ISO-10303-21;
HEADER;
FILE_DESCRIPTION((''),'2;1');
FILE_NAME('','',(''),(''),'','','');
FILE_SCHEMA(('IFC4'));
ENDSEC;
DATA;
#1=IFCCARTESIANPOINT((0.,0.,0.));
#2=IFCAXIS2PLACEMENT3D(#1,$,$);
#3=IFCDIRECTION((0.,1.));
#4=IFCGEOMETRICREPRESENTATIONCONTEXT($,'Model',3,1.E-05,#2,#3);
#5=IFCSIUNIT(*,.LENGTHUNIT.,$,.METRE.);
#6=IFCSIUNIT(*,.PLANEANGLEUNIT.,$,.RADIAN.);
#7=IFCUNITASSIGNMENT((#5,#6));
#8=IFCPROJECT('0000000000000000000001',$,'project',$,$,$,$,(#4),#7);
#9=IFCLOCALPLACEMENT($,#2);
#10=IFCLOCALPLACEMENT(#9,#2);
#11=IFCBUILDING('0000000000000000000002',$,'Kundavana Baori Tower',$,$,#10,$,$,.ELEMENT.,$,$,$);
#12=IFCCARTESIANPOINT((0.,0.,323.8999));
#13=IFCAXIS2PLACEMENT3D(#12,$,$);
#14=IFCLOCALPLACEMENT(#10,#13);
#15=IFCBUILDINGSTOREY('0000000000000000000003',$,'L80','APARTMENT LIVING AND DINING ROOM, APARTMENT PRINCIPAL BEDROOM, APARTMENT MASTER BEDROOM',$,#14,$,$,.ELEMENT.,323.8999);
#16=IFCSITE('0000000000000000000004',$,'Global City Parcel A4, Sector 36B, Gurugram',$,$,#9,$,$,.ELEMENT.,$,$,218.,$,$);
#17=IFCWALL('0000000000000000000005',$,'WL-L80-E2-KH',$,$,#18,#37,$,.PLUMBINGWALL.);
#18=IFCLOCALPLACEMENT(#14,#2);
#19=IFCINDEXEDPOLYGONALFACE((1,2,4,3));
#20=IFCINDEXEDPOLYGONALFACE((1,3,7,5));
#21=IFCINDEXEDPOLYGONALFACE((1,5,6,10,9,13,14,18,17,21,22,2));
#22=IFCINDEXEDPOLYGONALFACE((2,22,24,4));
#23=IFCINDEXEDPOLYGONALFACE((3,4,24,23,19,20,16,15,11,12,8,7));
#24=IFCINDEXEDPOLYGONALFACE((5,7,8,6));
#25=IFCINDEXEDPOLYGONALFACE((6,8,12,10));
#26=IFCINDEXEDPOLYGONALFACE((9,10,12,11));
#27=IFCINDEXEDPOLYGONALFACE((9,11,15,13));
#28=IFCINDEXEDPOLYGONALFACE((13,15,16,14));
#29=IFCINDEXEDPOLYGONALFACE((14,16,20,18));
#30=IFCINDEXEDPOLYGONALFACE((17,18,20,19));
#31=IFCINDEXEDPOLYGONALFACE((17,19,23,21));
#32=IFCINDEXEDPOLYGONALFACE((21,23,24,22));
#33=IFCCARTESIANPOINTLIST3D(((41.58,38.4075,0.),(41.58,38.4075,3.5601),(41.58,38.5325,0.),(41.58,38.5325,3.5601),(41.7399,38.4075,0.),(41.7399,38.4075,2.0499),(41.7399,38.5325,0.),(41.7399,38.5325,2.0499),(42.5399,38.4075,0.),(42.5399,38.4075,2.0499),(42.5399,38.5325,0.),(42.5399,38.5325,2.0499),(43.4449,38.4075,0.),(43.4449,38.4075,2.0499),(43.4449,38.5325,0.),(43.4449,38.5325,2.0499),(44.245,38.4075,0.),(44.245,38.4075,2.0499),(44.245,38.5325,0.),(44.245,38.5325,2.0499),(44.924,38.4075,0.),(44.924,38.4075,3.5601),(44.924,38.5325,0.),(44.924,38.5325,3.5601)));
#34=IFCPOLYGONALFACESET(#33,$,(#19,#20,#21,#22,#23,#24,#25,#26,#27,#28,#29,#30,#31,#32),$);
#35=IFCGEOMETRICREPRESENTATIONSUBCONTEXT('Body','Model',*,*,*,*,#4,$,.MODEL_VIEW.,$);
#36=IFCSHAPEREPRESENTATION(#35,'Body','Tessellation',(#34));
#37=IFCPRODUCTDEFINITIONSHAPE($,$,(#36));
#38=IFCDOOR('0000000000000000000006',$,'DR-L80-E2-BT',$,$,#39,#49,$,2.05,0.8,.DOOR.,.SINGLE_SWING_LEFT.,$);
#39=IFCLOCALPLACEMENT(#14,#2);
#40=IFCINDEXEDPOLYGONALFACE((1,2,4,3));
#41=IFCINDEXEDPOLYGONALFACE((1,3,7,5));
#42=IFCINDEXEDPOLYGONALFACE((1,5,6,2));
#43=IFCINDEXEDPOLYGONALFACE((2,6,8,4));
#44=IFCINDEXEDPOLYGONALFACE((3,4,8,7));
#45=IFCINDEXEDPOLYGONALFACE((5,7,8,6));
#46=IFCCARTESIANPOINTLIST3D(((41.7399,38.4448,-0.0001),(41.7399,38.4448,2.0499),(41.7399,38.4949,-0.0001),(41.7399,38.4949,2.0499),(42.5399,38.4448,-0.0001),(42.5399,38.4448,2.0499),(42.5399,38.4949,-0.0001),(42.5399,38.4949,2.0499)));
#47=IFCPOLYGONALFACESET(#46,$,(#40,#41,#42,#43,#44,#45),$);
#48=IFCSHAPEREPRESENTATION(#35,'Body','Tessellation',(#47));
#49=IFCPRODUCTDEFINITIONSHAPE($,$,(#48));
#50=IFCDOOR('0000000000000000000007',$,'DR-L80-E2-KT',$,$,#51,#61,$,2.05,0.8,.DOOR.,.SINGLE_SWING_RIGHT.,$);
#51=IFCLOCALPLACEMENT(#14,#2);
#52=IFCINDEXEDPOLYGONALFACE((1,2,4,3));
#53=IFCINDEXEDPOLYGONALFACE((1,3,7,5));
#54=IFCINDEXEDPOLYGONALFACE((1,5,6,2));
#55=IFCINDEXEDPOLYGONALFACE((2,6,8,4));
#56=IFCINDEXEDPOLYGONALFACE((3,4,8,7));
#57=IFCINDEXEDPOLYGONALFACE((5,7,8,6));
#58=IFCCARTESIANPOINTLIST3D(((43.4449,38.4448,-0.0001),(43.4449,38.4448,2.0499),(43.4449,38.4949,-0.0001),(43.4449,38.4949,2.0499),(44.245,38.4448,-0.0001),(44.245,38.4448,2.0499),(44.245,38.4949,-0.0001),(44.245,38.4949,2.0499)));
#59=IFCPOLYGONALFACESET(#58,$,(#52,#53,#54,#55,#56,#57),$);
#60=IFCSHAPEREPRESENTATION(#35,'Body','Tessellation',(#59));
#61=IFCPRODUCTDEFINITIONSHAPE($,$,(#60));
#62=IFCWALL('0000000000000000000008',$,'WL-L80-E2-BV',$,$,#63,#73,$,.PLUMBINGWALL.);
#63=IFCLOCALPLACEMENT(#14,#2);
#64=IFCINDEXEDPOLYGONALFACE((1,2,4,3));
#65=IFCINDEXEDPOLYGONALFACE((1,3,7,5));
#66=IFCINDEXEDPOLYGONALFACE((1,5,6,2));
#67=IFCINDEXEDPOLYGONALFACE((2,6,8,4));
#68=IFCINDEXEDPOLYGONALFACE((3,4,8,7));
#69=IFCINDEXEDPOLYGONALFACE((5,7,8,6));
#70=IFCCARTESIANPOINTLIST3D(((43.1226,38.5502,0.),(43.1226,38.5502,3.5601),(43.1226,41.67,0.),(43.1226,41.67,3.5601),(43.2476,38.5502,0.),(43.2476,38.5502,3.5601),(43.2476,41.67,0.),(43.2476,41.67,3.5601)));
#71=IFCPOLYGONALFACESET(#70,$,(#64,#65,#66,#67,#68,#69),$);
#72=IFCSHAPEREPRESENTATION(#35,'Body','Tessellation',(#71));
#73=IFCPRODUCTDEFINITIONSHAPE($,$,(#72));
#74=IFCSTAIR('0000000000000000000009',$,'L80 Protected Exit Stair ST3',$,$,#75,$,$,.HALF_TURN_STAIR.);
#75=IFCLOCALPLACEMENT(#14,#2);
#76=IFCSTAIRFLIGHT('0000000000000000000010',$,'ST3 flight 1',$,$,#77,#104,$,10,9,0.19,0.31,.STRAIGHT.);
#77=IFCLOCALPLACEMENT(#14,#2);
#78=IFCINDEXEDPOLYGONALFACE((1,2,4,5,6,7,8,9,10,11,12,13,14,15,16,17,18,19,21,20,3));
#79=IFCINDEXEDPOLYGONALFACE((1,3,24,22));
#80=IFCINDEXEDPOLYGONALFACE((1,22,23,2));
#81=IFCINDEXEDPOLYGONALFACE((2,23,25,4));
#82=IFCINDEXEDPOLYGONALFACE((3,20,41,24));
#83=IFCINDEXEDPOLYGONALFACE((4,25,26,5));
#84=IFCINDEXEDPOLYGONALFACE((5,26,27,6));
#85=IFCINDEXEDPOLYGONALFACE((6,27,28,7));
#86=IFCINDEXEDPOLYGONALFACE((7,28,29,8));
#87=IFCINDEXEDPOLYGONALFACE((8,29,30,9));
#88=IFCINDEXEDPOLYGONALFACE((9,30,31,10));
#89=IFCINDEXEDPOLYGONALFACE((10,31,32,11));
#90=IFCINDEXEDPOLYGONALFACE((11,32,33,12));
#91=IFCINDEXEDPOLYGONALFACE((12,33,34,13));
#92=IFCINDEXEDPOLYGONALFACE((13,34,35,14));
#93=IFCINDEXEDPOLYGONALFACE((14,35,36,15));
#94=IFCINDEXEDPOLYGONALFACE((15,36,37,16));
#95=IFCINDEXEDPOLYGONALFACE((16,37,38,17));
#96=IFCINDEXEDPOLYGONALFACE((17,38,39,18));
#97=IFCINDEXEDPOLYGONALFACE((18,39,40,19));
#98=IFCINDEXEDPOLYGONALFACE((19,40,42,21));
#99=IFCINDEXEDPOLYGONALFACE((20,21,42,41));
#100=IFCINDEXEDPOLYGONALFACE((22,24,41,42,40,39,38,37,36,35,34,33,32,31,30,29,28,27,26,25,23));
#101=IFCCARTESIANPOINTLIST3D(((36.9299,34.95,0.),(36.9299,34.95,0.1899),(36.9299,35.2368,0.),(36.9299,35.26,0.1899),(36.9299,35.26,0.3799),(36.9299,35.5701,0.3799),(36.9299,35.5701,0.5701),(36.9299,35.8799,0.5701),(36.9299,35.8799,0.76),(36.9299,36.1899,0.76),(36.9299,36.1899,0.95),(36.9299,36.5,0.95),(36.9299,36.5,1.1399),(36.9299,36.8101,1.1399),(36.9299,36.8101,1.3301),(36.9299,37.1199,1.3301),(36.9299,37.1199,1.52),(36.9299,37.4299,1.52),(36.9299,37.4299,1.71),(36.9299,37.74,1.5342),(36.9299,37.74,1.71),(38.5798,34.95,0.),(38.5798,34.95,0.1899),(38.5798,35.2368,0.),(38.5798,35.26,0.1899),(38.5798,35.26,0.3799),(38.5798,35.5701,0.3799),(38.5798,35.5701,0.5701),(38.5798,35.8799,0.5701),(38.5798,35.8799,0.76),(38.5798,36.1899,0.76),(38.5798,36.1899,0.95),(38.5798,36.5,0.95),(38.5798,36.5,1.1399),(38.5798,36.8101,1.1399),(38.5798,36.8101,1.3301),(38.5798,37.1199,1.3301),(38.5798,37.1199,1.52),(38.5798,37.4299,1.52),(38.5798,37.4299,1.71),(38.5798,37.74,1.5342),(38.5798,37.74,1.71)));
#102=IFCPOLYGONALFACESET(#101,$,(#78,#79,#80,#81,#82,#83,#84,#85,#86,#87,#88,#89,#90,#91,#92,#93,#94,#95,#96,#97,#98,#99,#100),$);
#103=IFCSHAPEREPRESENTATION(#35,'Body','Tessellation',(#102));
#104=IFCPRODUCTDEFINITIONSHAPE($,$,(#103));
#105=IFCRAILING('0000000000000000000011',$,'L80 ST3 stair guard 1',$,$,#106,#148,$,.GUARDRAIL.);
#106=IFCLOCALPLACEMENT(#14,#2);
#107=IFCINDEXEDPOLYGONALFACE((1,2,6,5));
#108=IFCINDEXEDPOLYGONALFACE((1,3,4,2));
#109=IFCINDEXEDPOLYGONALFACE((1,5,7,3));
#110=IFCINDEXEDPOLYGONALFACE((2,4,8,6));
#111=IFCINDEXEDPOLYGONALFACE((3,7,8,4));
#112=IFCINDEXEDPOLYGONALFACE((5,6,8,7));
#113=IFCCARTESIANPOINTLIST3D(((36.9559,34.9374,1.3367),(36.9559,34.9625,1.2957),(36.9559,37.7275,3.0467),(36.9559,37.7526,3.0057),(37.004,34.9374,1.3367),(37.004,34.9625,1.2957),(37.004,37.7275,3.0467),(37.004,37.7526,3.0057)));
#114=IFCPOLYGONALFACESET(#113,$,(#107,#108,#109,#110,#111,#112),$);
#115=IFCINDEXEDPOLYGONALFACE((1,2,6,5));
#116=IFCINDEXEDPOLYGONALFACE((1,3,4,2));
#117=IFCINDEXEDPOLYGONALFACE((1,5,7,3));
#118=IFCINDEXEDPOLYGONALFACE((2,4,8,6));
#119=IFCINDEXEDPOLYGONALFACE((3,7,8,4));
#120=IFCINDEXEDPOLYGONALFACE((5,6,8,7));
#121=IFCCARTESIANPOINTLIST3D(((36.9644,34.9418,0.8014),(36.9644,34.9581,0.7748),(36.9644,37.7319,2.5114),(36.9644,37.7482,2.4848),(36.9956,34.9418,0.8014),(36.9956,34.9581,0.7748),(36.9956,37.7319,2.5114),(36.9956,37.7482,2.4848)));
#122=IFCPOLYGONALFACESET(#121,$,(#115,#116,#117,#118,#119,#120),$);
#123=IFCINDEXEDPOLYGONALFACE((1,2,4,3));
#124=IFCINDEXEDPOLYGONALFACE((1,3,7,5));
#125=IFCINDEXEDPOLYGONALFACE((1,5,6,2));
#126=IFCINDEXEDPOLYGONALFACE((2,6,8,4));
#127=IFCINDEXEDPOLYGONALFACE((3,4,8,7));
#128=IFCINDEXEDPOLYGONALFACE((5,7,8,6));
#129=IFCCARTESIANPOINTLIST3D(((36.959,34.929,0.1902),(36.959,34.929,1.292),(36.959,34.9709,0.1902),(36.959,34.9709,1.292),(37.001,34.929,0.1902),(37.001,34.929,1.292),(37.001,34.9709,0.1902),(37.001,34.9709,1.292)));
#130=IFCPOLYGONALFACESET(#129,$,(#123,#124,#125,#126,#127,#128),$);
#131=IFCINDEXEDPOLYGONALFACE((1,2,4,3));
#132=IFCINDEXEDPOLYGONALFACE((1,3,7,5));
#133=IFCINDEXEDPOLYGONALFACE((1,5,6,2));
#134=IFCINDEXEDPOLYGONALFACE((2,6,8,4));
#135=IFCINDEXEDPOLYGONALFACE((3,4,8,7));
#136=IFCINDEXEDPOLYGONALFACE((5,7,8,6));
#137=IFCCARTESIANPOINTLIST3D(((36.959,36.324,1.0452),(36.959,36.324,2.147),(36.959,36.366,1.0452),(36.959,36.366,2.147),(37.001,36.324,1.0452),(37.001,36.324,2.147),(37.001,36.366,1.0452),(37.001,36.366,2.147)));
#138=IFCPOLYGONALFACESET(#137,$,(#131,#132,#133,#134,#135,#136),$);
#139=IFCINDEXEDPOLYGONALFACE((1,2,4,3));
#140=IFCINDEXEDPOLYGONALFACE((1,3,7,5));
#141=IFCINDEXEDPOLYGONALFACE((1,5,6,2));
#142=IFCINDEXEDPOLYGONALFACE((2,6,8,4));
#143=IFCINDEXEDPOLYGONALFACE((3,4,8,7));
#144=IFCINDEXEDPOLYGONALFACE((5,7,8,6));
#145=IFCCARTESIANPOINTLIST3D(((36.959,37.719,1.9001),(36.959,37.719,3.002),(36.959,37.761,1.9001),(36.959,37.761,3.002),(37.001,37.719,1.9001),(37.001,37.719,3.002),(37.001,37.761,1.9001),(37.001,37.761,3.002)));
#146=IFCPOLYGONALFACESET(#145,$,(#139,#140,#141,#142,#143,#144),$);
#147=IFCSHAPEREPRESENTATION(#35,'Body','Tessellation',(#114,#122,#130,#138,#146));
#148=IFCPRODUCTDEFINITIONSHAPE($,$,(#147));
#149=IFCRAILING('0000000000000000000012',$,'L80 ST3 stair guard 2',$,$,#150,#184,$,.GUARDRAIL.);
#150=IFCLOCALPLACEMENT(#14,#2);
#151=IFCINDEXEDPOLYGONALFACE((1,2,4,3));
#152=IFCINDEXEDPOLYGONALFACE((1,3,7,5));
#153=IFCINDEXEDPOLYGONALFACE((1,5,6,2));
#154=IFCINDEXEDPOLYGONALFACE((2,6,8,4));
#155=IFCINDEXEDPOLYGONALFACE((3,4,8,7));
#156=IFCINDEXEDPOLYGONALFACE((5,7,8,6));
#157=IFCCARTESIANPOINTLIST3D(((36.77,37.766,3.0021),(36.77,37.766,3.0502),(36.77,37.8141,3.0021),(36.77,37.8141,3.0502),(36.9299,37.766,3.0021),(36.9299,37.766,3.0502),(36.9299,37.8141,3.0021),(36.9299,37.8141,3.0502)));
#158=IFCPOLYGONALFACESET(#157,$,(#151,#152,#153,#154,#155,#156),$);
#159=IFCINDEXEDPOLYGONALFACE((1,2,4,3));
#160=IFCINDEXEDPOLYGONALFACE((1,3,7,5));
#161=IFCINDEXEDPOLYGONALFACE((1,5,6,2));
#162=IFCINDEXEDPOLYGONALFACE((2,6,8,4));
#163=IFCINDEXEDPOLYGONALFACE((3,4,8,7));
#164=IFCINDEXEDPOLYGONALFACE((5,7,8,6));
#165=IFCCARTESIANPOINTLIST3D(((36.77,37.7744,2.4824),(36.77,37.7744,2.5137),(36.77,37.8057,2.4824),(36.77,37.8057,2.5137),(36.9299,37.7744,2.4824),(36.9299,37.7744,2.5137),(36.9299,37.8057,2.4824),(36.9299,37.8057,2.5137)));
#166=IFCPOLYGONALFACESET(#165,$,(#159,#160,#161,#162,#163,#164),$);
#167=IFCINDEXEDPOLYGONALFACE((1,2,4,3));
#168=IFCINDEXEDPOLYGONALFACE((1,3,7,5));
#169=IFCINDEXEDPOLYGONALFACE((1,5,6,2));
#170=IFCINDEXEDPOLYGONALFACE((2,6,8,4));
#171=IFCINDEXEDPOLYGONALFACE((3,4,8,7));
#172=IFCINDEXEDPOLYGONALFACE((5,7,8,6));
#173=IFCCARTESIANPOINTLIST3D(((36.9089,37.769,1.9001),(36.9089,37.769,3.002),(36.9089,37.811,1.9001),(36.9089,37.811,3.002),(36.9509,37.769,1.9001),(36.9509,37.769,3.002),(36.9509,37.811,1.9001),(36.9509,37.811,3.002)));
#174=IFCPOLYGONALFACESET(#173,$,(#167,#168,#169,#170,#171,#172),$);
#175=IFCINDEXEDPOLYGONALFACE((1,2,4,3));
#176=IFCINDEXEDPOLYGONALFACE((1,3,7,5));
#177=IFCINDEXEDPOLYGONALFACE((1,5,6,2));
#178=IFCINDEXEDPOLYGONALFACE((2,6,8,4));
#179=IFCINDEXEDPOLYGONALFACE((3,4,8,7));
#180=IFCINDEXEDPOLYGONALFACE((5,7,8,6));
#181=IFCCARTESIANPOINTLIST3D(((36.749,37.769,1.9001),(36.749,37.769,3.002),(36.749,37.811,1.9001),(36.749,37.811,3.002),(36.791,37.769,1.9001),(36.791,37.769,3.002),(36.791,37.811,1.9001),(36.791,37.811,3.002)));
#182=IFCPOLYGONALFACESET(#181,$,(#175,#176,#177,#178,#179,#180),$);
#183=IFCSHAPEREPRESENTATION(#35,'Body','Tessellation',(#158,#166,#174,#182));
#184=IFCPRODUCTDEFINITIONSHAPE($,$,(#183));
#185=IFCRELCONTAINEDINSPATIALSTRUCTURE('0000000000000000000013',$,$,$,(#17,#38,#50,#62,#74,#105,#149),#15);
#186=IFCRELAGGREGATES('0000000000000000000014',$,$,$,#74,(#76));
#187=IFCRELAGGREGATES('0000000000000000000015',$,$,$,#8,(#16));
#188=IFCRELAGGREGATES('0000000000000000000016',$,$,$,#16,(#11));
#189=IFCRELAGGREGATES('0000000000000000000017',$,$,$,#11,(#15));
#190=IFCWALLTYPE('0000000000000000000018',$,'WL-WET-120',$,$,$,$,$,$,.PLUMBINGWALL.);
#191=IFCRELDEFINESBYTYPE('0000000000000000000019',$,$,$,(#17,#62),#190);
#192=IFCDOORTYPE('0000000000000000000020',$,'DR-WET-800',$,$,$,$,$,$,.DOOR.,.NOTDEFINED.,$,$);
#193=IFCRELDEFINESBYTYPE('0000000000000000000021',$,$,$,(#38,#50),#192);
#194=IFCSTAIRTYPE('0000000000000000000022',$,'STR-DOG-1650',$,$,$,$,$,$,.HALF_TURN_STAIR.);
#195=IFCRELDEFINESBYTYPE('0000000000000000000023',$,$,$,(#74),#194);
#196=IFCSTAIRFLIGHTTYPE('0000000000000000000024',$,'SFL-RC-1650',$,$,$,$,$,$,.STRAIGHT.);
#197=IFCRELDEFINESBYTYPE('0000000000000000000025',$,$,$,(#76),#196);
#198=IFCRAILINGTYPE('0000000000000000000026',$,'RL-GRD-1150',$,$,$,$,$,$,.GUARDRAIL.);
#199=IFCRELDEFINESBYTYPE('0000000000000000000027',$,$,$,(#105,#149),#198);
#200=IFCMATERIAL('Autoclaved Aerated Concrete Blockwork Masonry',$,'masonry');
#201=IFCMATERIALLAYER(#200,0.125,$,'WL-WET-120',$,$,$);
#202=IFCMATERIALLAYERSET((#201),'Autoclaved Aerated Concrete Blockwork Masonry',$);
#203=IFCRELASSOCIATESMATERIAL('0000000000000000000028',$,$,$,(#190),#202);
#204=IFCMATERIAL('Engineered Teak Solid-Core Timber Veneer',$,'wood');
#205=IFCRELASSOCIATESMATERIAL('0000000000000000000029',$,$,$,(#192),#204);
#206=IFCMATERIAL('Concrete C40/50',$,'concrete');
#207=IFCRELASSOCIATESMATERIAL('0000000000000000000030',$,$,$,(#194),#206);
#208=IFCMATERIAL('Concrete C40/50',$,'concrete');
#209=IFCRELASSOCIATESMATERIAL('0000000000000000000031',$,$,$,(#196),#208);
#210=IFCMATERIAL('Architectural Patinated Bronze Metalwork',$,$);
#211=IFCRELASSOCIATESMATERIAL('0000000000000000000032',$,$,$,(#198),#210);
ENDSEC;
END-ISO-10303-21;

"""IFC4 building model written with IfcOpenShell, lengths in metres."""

from ifc_helpers import new_model, si_unit, direction, frame, frame_2d, origin, origin_2d, place, context, subcontext, project, spatial, polyline, rectangle, outline, extrude, material, layer, layer_set, type_object, element, fill, aggregate, save


model = new_model("IFC4")

# Units and contexts
model_context = context("Model", 3, precision=1e-05, world=origin(), true_north=direction((0.0, 1.0)))
body_context = subcontext(model_context, "Body", "Model", "MODEL_VIEW")
ifc_project = project(units=[si_unit("LENGTHUNIT", "METRE"), si_unit("PLANEANGLEUNIT", "RADIAN")], contexts=[model_context])

# Site, building, storey
site_placement = place(None, origin())
site = spatial("IfcSite", under=ifc_project, at=site_placement, Name="Global City Parcel A4, Sector 36B, Gurugram", CompositionType="ELEMENT", RefElevation=218.0)
building_placement = place(site_placement, origin())
building = spatial("IfcBuilding", under=site, at=building_placement, Name="Kundavana Baori Tower", CompositionType="ELEMENT")
storey_placement = place(building_placement, frame((0.0, 0.0, 323.8999)))
storey = spatial("IfcBuildingStorey", under=building, at=storey_placement, Name="L80", Description="APARTMENT LIVING AND DINING ROOM, APARTMENT PRINCIPAL BEDROOM, APARTMENT MASTER BEDROOM", CompositionType="ELEMENT", Elevation=323.8999)

# Wall, openings, doors
ifc_material_1 = material(Name="Autoclaved Aerated Concrete Blockwork Masonry", Category="masonry")
ifc_layer_1 = layer(ifc_material_1, 0.125, Name="WL-WET-120")
ifc_layer_set_1 = layer_set([ifc_layer_1], Name="Autoclaved Aerated Concrete Blockwork Masonry")
wall_type_1 = type_object("IfcWallType", Name="WL-WET-120", PredefinedType="PLUMBINGWALL", material=ifc_layer_set_1)
wall_1_placement = place(storey_placement, frame((41.5801, 38.47, 0.0), z_axis=(0.0, 0.0, 1.0), x_axis=(1.0, 0.0, 0.0)))
wall_1 = element("IfcWall", 1, at=wall_1_placement, inside=storey, type_object=wall_type_1, Name="WL-L80-E2-KH", PredefinedType="PLUMBINGWALL", context=body_context, shape_type="SweptSolid", body=[
    extrude(rectangle(XDim=3.344, YDim=0.125, at=frame_2d((1.6719, 0.0))), origin(), (0.0, 0.0, 1.0), 3.5601),
])
opening_1_placement = place(wall_1_placement, frame((0.1599, 0.0, 0.0)))
opening_1 = element("IfcOpeningElement", 2, at=opening_1_placement, cuts=wall_1, PredefinedType="OPENING", context=body_context, shape_type="SweptSolid", body=[
    extrude(rectangle(XDim=0.8, YDim=2.05, at=frame_2d((0.3999, 1.0249))), frame((0.0, 0.0725, 0.0), z_axis=(0.0, -1.0, 0.0), x_axis=(1.0, 0.0, 0.0)), (0.0, 0.0, 1.0), 0.145),
])
opening_2_placement = place(wall_1_placement, frame((1.865, 0.0, 0.0)))
opening_2 = element("IfcOpeningElement", 3, at=opening_2_placement, cuts=wall_1, PredefinedType="OPENING", context=body_context, shape_type="SweptSolid", body=[
    extrude(rectangle(XDim=0.8, YDim=2.05, at=frame_2d((0.3999, 1.0249))), frame((0.0, 0.0725, 0.0), z_axis=(0.0, -1.0, 0.0), x_axis=(1.0, 0.0, 0.0)), (0.0, 0.0, 1.0), 0.145),
])
ifc_material_2 = material(Name="Engineered Teak Solid-Core Timber Veneer", Category="wood")
door_type_1 = type_object("IfcDoorType", Name="DR-WET-800", OperationType="NOTDEFINED", PredefinedType="DOOR", material=ifc_material_2)
door_1_placement = place(opening_1_placement, origin())
door_1 = element("IfcDoor", 4, at=door_1_placement, inside=storey, type_object=door_type_1, Name="DR-L80-E2-BT", OperationType="SINGLE_SWING_LEFT", OverallHeight=2.05, OverallWidth=0.8, PredefinedType="DOOR", context=body_context, shape_type="SweptSolid", body=[
    extrude(rectangle(XDim=0.8, YDim=2.05, at=frame_2d((0.3999, 1.0249))), frame((0.0, 0.0249, 0.0), z_axis=(0.0, -1.0, 0.0), x_axis=(1.0, 0.0, 0.0)), (0.0, 0.0, 1.0), 0.05),
])
fill(opening_1, door_1)
door_2_placement = place(opening_2_placement, origin())
door_2 = element("IfcDoor", 5, at=door_2_placement, inside=storey, type_object=door_type_1, Name="DR-L80-E2-KT", OperationType="SINGLE_SWING_RIGHT", OverallHeight=2.05, OverallWidth=0.8, PredefinedType="DOOR", context=body_context, shape_type="SweptSolid", body=[
    extrude(rectangle(XDim=0.8, YDim=2.05, at=frame_2d((0.3999, 1.0249))), frame((0.0, 0.0249, 0.0), z_axis=(0.0, -1.0, 0.0), x_axis=(1.0, 0.0, 0.0)), (0.0, 0.0, 1.0), 0.05),
])
fill(opening_2, door_2)

# Wall
wall_2_placement = place(storey_placement, frame((43.1851, 38.55, 0.0), z_axis=(0.0, 0.0, 1.0), x_axis=(0.0, 1.0, 0.0)))
element("IfcWall", 6, at=wall_2_placement, inside=storey, type_object=wall_type_1, Name="WL-L80-E2-BV", PredefinedType="PLUMBINGWALL", context=body_context, shape_type="SweptSolid", body=[
    extrude(rectangle(XDim=3.1199, YDim=0.125, at=frame_2d((1.5601, 0.0))), origin(), (0.0, 0.0, 1.0), 3.5601),
])

# Stair, stair flight
ifc_material_3 = material(Name="Concrete C40/50", Category="concrete")
stair_type = type_object("IfcStairType", Name="STR-DOG-1650", PredefinedType="HALF_TURN_STAIR", material=ifc_material_3)
stair_placement = place(storey_placement, origin())
stair = element("IfcStair", 7, at=stair_placement, inside=storey, type_object=stair_type, Name="L80 Protected Exit Stair ST3", PredefinedType="HALF_TURN_STAIR")
ifc_material_4 = material(Name="Concrete C40/50", Category="concrete")
stair_flight_type = type_object("IfcStairFlightType", Name="SFL-RC-1650", PredefinedType="STRAIGHT", material=ifc_material_4)
stair_flight_placement = place(storey_placement, frame((37.7549, 34.95, 0.0), z_axis=(0.0, 0.0, 1.0), x_axis=(0.0, 1.0, 0.0)))
stair_flight = element("IfcStairFlight", 8, at=stair_flight_placement, type_object=stair_flight_type, Name="ST3 flight 1", NumberOfRisers=10, NumberOfTreads=9, PredefinedType="STRAIGHT", RiserHeight=0.19, TreadLength=0.31, context=body_context, shape_type="SweptSolid", body=[
    extrude(outline(polyline([(0.0, 0.0), (0.0, 0.1899), (0.3101, 0.1899), (0.3101, 0.3799), (0.6201, 0.3799), (0.6201, 0.5701), (0.9299, 0.5701), (0.9299, 0.76), (1.24, 0.76), (1.24, 0.95), (1.55, 0.95), (1.55, 1.1399), (1.8601, 1.1399), (1.8601, 1.3301), (2.1699, 1.3301), (2.1699, 1.52), (2.48, 1.52), (2.48, 1.71), (2.79, 1.71), (2.79, 1.8999), (2.79, 1.5342), (0.2869, 0.0), (0.0, 0.0)])), frame((0.0, 0.825, 0.0), z_axis=(0.0, -1.0, 0.0), x_axis=(1.0, 0.0, 0.0)), (0.0, 0.0, 1.0), 1.6499),
])
aggregate(stair, [stair_flight])

# Railings
ifc_material_5 = material(Name="Architectural Patinated Bronze Metalwork")
railing_type_1 = type_object("IfcRailingType", Name="RL-GRD-1150", PredefinedType="GUARDRAIL", material=ifc_material_5)
railing_1_placement = place(storey_placement, frame((36.98, 34.95, 0.1902)))
element("IfcRailing", 9, at=railing_1_placement, inside=storey, type_object=railing_type_1, Name="L80 ST3 stair guard 1", PredefinedType="GUARDRAIL", context=body_context, shape_type="SweptSolid", body=[
    extrude(rectangle(XDim=0.0481, YDim=0.0481, at=origin_2d()), frame((0.0, 0.0, 1.126), z_axis=(0.0, 0.85261, 0.522548), x_axis=(-1.0, 0.0, 0.0)), (0.0, 0.0, 1.0), 3.2725),
    extrude(rectangle(XDim=0.0312, YDim=0.0312, at=origin_2d()), frame((0.0, 0.0, 0.5979), z_axis=(0.0, 0.85261, 0.522548), x_axis=(-1.0, 0.0, 0.0)), (0.0, 0.0, 1.0), 3.2725),
    extrude(rectangle(XDim=0.042, YDim=0.042, at=origin_2d()), origin(), (0.0, 0.0, 1.0), 1.1018),
    extrude(rectangle(XDim=0.042, YDim=0.042, at=origin_2d()), frame((0.0, 1.395, 0.855)), (0.0, 0.0, 1.0), 1.1018),
    extrude(rectangle(XDim=0.042, YDim=0.042, at=origin_2d()), frame((0.0, 2.79, 1.71)), (0.0, 0.0, 1.0), 1.1018),
])
railing_2_placement = place(storey_placement, frame((36.9299, 37.79, 1.9001)))
element("IfcRailing", 10, at=railing_2_placement, inside=storey, type_object=railing_type_1, Name="L80 ST3 stair guard 2", PredefinedType="GUARDRAIL", context=body_context, shape_type="SweptSolid", body=[
    extrude(rectangle(XDim=0.0481, YDim=0.0481, at=origin_2d()), frame((0.0, 0.0, 1.126), z_axis=(-1.0, 0.0, 0.0), x_axis=(0.0, -1.0, 0.0)), (0.0, 0.0, 1.0), 0.1599),
    extrude(rectangle(XDim=0.0312, YDim=0.0312, at=origin_2d()), frame((0.0, 0.0, 0.5979), z_axis=(-1.0, 0.0, 0.0), x_axis=(0.0, -1.0, 0.0)), (0.0, 0.0, 1.0), 0.1599),
    extrude(rectangle(XDim=0.042, YDim=0.042, at=origin_2d()), origin(), (0.0, 0.0, 1.0), 1.1018),
    extrude(rectangle(XDim=0.042, YDim=0.042, at=origin_2d()), frame((-0.1599, 0.0, 0.0)), (0.0, 0.0, 1.0), 1.1018),
])

save(model, "model.ifc")
